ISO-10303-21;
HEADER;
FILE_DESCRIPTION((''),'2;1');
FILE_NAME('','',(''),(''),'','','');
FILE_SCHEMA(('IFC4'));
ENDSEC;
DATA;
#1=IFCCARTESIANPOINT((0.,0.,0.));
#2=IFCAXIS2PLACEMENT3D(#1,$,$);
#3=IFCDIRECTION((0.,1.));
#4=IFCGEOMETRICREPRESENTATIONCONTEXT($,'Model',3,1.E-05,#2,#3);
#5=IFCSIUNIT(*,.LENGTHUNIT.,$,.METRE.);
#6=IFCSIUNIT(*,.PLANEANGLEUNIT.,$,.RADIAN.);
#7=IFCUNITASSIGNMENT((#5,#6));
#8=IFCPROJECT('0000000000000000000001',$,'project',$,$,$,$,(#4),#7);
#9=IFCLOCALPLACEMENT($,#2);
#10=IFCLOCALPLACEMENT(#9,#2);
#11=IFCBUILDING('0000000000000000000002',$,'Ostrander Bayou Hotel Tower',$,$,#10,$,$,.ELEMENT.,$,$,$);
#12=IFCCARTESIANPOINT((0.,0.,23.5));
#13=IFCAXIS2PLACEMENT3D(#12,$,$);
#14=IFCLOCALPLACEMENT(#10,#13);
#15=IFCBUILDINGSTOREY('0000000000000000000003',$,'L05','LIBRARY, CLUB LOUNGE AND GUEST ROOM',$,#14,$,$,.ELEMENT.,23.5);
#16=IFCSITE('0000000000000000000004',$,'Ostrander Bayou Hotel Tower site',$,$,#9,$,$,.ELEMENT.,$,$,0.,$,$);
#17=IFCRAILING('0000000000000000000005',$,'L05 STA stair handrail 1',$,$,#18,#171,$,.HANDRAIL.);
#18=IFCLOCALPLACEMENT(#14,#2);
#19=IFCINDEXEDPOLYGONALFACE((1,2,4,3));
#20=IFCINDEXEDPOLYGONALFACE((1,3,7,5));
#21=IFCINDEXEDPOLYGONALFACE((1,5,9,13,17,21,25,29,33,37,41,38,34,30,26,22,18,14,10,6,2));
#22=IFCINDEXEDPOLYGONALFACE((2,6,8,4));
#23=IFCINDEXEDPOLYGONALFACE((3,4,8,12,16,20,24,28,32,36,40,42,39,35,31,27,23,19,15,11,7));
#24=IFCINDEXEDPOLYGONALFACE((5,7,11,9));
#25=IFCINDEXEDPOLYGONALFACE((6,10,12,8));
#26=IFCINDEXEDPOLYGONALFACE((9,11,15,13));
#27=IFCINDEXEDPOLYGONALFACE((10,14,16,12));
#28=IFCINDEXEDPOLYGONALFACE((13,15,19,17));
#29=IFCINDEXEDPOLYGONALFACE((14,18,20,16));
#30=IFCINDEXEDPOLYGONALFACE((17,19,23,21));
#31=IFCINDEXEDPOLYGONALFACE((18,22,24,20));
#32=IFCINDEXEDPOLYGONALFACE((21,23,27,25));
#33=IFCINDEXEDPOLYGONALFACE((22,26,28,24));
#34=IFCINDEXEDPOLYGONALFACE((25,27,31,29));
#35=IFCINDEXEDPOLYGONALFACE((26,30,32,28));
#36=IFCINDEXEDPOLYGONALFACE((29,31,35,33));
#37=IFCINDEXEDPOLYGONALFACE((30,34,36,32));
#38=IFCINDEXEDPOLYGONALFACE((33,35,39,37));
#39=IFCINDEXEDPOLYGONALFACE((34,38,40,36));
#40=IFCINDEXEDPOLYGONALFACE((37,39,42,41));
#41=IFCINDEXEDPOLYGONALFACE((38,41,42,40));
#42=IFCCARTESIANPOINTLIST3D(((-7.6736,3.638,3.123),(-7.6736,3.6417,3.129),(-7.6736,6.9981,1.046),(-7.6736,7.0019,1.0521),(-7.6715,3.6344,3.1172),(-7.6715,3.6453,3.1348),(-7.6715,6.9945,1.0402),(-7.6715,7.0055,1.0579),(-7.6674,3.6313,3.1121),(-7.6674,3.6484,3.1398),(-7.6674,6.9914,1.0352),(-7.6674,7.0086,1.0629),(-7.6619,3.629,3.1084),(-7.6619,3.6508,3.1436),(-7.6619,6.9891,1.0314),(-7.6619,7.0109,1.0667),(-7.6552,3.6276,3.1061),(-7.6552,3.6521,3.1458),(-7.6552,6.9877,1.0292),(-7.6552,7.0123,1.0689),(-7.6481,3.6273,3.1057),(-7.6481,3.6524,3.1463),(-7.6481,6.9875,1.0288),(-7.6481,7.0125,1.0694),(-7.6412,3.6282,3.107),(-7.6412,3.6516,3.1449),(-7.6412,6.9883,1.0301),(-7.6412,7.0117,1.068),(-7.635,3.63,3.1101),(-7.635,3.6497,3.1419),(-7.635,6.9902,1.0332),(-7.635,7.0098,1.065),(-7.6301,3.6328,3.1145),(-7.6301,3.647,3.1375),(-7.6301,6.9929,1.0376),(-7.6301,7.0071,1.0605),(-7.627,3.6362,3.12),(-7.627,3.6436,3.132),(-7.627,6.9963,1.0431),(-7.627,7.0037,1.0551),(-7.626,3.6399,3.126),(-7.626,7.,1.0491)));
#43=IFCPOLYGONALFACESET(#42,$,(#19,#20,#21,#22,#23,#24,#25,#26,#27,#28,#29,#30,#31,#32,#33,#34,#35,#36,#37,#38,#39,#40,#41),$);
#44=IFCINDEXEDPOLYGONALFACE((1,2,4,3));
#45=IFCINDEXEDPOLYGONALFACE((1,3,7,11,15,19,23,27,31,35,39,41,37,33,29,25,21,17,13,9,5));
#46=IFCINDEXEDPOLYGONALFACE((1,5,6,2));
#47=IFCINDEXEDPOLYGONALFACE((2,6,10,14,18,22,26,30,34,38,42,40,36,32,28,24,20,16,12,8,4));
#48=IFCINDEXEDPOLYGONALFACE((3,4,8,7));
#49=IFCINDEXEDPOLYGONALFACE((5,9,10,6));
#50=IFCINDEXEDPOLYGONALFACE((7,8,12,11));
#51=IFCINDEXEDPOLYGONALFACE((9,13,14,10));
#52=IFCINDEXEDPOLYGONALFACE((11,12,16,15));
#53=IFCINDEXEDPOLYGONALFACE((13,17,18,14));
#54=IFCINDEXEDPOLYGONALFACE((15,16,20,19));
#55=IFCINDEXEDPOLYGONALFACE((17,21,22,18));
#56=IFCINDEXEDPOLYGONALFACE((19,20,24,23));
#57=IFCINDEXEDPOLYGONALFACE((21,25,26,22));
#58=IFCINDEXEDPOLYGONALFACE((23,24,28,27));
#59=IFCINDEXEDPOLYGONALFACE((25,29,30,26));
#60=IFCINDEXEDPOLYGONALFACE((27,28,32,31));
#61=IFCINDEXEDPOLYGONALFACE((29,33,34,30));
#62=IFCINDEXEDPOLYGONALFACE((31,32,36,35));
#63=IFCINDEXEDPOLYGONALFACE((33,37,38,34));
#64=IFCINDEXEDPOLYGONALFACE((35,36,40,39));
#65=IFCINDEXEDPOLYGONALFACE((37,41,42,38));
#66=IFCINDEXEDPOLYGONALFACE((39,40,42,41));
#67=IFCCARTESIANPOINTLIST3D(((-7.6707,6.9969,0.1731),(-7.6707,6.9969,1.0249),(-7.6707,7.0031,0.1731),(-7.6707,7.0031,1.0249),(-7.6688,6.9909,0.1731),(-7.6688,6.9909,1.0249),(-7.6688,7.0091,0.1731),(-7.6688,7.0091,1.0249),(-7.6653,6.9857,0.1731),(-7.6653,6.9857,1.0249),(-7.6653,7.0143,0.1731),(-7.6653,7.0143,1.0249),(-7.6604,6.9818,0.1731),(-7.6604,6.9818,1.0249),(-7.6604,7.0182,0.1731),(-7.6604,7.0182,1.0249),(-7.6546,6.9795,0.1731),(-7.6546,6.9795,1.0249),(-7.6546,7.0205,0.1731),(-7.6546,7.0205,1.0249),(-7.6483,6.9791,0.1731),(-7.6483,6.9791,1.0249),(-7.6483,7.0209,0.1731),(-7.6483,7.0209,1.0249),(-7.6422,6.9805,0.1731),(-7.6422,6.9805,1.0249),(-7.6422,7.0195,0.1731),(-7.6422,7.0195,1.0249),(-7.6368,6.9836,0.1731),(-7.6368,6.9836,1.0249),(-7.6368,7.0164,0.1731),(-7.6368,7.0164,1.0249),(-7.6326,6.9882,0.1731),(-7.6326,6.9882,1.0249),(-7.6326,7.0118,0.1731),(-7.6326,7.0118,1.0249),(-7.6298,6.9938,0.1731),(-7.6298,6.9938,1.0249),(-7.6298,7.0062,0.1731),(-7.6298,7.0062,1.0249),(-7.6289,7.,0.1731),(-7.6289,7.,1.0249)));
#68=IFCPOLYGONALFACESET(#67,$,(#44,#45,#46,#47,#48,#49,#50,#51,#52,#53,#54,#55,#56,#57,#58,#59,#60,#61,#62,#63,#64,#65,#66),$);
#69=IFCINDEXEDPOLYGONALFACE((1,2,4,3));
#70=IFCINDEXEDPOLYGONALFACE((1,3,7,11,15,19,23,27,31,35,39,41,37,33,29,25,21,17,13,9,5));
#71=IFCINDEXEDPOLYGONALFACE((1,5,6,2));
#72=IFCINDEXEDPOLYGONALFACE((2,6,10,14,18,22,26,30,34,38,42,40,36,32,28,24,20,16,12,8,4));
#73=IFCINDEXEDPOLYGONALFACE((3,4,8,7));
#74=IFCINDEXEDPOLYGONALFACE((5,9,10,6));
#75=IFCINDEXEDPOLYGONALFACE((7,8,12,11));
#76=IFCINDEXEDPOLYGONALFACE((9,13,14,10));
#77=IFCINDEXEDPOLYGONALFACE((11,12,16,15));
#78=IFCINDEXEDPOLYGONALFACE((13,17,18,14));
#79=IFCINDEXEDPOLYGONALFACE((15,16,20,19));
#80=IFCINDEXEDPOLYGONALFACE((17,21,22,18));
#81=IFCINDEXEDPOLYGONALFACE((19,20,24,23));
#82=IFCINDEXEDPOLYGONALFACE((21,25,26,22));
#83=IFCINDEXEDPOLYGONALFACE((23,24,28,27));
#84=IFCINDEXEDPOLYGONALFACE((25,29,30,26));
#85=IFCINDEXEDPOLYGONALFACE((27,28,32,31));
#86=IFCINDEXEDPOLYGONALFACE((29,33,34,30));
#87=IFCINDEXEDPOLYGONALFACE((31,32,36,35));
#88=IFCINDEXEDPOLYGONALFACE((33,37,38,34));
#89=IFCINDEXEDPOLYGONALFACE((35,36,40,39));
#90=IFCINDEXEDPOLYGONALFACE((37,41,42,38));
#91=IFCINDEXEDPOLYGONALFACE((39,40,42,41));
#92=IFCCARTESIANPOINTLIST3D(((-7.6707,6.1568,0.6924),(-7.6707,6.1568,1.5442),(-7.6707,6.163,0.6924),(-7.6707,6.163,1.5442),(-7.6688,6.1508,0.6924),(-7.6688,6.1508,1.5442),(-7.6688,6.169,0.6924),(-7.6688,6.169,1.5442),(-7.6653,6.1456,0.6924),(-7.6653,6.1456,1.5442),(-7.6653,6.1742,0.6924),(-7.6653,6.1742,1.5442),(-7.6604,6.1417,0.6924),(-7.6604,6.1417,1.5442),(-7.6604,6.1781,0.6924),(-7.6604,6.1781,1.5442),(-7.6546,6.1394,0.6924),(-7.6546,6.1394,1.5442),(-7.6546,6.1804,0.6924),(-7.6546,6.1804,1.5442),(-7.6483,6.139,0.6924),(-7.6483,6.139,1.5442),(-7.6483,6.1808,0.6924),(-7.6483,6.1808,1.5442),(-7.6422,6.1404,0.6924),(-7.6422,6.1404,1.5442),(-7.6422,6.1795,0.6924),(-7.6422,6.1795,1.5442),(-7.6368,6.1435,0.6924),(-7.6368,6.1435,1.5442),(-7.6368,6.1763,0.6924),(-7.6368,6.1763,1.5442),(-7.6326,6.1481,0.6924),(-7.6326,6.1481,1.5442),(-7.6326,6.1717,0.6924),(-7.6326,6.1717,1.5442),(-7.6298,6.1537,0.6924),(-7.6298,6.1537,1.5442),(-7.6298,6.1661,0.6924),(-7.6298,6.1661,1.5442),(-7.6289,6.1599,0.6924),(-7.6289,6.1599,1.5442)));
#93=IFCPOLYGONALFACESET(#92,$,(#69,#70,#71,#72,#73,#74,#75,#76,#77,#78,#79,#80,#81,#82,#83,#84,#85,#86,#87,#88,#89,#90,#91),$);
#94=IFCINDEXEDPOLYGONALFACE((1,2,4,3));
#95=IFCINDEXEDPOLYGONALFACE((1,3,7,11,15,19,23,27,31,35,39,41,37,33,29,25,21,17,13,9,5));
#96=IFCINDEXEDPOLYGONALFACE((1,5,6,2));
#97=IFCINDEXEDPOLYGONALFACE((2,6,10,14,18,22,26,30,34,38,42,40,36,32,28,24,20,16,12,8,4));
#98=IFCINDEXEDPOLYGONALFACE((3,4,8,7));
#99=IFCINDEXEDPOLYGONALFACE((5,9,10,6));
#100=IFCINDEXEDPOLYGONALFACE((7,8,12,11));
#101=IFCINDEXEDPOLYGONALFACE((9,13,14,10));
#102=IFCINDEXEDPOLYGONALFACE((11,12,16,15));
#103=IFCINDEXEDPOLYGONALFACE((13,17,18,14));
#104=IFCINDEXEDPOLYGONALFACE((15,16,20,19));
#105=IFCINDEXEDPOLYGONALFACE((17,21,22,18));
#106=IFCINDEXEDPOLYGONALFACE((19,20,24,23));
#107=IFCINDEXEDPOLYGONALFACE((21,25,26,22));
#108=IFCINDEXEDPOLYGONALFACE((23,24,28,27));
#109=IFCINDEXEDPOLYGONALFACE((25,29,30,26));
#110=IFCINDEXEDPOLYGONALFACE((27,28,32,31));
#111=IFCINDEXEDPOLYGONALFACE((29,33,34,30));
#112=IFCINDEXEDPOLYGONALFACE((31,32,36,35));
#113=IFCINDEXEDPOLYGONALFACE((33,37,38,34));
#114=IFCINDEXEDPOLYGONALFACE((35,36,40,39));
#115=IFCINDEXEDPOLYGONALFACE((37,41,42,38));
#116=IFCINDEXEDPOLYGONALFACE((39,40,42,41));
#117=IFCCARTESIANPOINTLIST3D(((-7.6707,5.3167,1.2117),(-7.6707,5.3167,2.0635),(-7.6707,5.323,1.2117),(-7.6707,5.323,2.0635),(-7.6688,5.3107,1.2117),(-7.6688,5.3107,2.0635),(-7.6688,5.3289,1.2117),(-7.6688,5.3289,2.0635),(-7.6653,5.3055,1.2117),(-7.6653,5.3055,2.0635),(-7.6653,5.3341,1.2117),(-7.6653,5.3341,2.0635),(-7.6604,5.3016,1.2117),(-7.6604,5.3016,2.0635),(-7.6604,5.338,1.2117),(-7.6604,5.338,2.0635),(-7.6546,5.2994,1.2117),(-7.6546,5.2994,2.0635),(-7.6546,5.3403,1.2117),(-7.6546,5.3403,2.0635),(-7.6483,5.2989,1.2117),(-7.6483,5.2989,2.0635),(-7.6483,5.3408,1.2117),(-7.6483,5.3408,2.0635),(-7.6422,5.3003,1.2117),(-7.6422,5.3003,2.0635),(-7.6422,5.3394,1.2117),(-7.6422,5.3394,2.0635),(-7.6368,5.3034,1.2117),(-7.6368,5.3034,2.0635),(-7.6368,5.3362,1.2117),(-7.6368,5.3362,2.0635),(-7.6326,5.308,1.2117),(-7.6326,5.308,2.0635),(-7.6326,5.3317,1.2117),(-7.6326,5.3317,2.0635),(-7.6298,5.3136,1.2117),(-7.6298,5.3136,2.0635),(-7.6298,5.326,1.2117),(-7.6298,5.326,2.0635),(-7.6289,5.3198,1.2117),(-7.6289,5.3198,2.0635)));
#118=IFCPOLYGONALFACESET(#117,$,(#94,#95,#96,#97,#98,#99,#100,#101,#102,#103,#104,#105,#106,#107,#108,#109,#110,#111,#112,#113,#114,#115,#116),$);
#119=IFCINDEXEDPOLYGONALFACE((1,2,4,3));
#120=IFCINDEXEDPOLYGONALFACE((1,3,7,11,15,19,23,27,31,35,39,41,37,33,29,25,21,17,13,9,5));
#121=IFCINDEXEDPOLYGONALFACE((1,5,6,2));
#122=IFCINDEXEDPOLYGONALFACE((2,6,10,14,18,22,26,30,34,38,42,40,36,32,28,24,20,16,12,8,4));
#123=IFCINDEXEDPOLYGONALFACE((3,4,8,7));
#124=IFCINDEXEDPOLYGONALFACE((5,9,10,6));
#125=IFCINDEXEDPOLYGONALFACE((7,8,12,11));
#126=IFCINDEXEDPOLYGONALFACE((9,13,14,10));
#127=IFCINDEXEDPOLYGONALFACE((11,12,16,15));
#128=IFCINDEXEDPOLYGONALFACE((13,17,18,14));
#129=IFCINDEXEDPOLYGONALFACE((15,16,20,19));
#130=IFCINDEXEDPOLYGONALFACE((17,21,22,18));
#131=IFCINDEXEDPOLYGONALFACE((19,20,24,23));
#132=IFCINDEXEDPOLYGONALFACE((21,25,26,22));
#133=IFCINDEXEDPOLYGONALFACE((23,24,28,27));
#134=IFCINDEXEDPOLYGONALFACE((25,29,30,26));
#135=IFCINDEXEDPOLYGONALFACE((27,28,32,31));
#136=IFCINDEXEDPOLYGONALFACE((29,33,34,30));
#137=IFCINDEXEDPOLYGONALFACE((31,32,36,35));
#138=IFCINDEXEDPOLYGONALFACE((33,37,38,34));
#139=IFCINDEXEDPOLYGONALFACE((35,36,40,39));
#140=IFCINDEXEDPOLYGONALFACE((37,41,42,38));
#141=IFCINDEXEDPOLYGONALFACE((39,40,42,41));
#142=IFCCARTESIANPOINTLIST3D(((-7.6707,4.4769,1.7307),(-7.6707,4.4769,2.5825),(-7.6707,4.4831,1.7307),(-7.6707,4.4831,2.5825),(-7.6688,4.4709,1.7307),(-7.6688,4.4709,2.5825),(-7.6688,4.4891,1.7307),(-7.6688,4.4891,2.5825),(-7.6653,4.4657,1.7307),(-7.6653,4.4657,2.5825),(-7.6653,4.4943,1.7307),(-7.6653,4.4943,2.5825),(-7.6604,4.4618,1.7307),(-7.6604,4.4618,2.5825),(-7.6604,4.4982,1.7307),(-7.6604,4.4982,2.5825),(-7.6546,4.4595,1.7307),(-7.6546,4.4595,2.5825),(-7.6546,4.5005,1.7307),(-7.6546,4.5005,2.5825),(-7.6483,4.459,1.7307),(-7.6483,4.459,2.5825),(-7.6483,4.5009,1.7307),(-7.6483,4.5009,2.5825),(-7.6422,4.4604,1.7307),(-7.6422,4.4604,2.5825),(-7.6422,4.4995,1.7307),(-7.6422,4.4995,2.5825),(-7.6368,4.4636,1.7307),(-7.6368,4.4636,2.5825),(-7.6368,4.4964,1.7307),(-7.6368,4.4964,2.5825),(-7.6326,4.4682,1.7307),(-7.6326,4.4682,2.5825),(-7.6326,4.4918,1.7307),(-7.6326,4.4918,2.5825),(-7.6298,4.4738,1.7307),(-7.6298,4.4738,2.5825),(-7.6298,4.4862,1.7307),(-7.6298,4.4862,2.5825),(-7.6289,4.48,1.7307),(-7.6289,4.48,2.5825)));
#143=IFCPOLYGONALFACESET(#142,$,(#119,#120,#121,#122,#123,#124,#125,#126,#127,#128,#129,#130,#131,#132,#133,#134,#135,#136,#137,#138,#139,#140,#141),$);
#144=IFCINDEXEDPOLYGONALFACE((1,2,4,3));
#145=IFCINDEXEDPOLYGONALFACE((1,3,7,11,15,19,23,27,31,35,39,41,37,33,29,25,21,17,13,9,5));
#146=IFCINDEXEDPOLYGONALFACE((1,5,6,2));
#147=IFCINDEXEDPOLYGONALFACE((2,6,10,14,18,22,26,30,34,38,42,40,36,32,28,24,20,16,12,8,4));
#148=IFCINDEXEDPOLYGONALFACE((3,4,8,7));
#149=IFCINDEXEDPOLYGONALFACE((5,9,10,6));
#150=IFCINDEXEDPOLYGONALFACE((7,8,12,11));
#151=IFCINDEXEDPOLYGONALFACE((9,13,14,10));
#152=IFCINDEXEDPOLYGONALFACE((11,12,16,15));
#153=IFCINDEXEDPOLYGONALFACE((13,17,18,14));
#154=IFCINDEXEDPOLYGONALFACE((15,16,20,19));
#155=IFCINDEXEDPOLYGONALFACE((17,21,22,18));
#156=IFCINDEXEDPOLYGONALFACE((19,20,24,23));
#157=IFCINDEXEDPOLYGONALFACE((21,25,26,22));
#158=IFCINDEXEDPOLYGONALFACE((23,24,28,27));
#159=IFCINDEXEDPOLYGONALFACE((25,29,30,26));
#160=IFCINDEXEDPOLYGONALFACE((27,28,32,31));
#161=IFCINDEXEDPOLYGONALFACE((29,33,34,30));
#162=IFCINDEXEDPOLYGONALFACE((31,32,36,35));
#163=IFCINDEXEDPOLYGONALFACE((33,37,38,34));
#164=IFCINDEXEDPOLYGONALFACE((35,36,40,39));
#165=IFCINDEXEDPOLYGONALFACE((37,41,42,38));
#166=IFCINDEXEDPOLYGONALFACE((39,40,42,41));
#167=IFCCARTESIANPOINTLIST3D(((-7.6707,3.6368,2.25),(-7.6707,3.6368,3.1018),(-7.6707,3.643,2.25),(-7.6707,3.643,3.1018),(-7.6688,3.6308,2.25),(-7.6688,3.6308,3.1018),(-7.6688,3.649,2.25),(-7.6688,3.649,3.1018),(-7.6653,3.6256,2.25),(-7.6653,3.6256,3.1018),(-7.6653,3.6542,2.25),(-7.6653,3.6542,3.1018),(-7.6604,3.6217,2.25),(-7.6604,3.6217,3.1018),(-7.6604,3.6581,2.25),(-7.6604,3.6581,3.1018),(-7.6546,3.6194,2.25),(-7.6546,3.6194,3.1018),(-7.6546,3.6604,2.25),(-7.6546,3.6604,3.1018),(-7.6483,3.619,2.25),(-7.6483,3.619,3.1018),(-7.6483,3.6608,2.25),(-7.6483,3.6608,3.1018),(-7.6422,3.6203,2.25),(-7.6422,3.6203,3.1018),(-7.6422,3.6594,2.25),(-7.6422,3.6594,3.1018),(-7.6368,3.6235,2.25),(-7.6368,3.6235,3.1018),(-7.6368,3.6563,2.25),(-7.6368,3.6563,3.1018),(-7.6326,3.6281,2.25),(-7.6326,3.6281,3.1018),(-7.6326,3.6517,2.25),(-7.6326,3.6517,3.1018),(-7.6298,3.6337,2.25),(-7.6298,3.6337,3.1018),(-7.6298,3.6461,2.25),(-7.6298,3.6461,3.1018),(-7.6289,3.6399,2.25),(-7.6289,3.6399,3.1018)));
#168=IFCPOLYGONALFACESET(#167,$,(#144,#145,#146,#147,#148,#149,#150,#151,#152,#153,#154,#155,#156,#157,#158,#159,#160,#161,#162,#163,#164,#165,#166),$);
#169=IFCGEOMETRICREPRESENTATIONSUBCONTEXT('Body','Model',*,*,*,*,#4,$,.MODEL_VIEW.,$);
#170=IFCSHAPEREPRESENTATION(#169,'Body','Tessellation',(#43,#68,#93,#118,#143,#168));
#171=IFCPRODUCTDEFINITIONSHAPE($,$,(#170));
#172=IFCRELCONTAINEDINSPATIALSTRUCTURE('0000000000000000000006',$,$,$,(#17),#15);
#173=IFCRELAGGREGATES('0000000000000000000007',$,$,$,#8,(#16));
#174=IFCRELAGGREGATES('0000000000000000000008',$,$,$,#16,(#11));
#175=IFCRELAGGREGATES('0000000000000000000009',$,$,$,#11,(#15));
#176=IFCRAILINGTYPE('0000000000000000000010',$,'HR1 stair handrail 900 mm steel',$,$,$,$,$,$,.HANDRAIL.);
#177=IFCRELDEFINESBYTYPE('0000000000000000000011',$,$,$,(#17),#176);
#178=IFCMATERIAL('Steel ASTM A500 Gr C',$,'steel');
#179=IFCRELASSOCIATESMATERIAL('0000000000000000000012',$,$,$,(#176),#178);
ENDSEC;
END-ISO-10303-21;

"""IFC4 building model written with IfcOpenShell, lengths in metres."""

from ifc_helpers import new_model, si_unit, direction, frame, origin, origin_2d, place, context, subcontext, project, spatial, circle, extrude, material, type_object, element, save


model = new_model("IFC4")

# Units and contexts
model_context = context("Model", 3, precision=1e-05, world=origin(), true_north=direction((0.0, 1.0)))
body_context = subcontext(model_context, "Body", "Model", "MODEL_VIEW")
ifc_project = project(units=[si_unit("LENGTHUNIT", "METRE"), si_unit("PLANEANGLEUNIT", "RADIAN")], contexts=[model_context])

# Site, building, storey
site_placement = place(None, origin())
site = spatial("IfcSite", under=ifc_project, at=site_placement, Name="Ostrander Bayou Hotel Tower site", CompositionType="ELEMENT", RefElevation=0.0)
building_placement = place(site_placement, origin())
building = spatial("IfcBuilding", under=site, at=building_placement, Name="Ostrander Bayou Hotel Tower", CompositionType="ELEMENT")
storey_placement = place(building_placement, frame((0.0, 0.0, 23.5)))
storey = spatial("IfcBuildingStorey", under=building, at=storey_placement, Name="L05", Description="LIBRARY, CLUB LOUNGE AND GUEST ROOM", CompositionType="ELEMENT", Elevation=23.5)

# Railing
ifc_material_1 = material(Name="Steel ASTM A500 Gr C", Category="steel")
railing_type_1 = type_object("IfcRailingType", Name="HR1 stair handrail 900 mm steel", PredefinedType="HANDRAIL", material=ifc_material_1)
railing_1_placement = place(storey_placement, frame((-7.6499, 7.0, 0.1731)))
element("IfcRailing", 1, at=railing_1_placement, inside=storey, type_object=railing_type_1, Name="L05 STA stair handrail 1", PredefinedType="HANDRAIL", context=body_context, shape_type="SweptSolid", body=[
    extrude(circle(Radius=0.0239, at=origin_2d()), frame((0.0, 0.0, 0.876), z_axis=(0.0, -0.850623, 0.525776), x_axis=(1.0, 0.0, 0.0)), (0.0, 0.0, 1.0), 3.9502),
    extrude(circle(Radius=0.021, at=origin_2d()), origin(), (0.0, 0.0, 1.0), 0.8518),
    extrude(circle(Radius=0.021, at=origin_2d()), frame((0.0, -0.8401, 0.5193)), (0.0, 0.0, 1.0), 0.8518),
    extrude(circle(Radius=0.021, at=origin_2d()), frame((0.0, -1.6802, 1.0386)), (0.0, 0.0, 1.0), 0.8518),
    extrude(circle(Radius=0.021, at=origin_2d()), frame((0.0, -2.52, 1.5576)), (0.0, 0.0, 1.0), 0.8518),
    extrude(circle(Radius=0.021, at=origin_2d()), frame((0.0, -3.3601, 2.0769)), (0.0, 0.0, 1.0), 0.8518),
])

save(model, "model.ifc")
